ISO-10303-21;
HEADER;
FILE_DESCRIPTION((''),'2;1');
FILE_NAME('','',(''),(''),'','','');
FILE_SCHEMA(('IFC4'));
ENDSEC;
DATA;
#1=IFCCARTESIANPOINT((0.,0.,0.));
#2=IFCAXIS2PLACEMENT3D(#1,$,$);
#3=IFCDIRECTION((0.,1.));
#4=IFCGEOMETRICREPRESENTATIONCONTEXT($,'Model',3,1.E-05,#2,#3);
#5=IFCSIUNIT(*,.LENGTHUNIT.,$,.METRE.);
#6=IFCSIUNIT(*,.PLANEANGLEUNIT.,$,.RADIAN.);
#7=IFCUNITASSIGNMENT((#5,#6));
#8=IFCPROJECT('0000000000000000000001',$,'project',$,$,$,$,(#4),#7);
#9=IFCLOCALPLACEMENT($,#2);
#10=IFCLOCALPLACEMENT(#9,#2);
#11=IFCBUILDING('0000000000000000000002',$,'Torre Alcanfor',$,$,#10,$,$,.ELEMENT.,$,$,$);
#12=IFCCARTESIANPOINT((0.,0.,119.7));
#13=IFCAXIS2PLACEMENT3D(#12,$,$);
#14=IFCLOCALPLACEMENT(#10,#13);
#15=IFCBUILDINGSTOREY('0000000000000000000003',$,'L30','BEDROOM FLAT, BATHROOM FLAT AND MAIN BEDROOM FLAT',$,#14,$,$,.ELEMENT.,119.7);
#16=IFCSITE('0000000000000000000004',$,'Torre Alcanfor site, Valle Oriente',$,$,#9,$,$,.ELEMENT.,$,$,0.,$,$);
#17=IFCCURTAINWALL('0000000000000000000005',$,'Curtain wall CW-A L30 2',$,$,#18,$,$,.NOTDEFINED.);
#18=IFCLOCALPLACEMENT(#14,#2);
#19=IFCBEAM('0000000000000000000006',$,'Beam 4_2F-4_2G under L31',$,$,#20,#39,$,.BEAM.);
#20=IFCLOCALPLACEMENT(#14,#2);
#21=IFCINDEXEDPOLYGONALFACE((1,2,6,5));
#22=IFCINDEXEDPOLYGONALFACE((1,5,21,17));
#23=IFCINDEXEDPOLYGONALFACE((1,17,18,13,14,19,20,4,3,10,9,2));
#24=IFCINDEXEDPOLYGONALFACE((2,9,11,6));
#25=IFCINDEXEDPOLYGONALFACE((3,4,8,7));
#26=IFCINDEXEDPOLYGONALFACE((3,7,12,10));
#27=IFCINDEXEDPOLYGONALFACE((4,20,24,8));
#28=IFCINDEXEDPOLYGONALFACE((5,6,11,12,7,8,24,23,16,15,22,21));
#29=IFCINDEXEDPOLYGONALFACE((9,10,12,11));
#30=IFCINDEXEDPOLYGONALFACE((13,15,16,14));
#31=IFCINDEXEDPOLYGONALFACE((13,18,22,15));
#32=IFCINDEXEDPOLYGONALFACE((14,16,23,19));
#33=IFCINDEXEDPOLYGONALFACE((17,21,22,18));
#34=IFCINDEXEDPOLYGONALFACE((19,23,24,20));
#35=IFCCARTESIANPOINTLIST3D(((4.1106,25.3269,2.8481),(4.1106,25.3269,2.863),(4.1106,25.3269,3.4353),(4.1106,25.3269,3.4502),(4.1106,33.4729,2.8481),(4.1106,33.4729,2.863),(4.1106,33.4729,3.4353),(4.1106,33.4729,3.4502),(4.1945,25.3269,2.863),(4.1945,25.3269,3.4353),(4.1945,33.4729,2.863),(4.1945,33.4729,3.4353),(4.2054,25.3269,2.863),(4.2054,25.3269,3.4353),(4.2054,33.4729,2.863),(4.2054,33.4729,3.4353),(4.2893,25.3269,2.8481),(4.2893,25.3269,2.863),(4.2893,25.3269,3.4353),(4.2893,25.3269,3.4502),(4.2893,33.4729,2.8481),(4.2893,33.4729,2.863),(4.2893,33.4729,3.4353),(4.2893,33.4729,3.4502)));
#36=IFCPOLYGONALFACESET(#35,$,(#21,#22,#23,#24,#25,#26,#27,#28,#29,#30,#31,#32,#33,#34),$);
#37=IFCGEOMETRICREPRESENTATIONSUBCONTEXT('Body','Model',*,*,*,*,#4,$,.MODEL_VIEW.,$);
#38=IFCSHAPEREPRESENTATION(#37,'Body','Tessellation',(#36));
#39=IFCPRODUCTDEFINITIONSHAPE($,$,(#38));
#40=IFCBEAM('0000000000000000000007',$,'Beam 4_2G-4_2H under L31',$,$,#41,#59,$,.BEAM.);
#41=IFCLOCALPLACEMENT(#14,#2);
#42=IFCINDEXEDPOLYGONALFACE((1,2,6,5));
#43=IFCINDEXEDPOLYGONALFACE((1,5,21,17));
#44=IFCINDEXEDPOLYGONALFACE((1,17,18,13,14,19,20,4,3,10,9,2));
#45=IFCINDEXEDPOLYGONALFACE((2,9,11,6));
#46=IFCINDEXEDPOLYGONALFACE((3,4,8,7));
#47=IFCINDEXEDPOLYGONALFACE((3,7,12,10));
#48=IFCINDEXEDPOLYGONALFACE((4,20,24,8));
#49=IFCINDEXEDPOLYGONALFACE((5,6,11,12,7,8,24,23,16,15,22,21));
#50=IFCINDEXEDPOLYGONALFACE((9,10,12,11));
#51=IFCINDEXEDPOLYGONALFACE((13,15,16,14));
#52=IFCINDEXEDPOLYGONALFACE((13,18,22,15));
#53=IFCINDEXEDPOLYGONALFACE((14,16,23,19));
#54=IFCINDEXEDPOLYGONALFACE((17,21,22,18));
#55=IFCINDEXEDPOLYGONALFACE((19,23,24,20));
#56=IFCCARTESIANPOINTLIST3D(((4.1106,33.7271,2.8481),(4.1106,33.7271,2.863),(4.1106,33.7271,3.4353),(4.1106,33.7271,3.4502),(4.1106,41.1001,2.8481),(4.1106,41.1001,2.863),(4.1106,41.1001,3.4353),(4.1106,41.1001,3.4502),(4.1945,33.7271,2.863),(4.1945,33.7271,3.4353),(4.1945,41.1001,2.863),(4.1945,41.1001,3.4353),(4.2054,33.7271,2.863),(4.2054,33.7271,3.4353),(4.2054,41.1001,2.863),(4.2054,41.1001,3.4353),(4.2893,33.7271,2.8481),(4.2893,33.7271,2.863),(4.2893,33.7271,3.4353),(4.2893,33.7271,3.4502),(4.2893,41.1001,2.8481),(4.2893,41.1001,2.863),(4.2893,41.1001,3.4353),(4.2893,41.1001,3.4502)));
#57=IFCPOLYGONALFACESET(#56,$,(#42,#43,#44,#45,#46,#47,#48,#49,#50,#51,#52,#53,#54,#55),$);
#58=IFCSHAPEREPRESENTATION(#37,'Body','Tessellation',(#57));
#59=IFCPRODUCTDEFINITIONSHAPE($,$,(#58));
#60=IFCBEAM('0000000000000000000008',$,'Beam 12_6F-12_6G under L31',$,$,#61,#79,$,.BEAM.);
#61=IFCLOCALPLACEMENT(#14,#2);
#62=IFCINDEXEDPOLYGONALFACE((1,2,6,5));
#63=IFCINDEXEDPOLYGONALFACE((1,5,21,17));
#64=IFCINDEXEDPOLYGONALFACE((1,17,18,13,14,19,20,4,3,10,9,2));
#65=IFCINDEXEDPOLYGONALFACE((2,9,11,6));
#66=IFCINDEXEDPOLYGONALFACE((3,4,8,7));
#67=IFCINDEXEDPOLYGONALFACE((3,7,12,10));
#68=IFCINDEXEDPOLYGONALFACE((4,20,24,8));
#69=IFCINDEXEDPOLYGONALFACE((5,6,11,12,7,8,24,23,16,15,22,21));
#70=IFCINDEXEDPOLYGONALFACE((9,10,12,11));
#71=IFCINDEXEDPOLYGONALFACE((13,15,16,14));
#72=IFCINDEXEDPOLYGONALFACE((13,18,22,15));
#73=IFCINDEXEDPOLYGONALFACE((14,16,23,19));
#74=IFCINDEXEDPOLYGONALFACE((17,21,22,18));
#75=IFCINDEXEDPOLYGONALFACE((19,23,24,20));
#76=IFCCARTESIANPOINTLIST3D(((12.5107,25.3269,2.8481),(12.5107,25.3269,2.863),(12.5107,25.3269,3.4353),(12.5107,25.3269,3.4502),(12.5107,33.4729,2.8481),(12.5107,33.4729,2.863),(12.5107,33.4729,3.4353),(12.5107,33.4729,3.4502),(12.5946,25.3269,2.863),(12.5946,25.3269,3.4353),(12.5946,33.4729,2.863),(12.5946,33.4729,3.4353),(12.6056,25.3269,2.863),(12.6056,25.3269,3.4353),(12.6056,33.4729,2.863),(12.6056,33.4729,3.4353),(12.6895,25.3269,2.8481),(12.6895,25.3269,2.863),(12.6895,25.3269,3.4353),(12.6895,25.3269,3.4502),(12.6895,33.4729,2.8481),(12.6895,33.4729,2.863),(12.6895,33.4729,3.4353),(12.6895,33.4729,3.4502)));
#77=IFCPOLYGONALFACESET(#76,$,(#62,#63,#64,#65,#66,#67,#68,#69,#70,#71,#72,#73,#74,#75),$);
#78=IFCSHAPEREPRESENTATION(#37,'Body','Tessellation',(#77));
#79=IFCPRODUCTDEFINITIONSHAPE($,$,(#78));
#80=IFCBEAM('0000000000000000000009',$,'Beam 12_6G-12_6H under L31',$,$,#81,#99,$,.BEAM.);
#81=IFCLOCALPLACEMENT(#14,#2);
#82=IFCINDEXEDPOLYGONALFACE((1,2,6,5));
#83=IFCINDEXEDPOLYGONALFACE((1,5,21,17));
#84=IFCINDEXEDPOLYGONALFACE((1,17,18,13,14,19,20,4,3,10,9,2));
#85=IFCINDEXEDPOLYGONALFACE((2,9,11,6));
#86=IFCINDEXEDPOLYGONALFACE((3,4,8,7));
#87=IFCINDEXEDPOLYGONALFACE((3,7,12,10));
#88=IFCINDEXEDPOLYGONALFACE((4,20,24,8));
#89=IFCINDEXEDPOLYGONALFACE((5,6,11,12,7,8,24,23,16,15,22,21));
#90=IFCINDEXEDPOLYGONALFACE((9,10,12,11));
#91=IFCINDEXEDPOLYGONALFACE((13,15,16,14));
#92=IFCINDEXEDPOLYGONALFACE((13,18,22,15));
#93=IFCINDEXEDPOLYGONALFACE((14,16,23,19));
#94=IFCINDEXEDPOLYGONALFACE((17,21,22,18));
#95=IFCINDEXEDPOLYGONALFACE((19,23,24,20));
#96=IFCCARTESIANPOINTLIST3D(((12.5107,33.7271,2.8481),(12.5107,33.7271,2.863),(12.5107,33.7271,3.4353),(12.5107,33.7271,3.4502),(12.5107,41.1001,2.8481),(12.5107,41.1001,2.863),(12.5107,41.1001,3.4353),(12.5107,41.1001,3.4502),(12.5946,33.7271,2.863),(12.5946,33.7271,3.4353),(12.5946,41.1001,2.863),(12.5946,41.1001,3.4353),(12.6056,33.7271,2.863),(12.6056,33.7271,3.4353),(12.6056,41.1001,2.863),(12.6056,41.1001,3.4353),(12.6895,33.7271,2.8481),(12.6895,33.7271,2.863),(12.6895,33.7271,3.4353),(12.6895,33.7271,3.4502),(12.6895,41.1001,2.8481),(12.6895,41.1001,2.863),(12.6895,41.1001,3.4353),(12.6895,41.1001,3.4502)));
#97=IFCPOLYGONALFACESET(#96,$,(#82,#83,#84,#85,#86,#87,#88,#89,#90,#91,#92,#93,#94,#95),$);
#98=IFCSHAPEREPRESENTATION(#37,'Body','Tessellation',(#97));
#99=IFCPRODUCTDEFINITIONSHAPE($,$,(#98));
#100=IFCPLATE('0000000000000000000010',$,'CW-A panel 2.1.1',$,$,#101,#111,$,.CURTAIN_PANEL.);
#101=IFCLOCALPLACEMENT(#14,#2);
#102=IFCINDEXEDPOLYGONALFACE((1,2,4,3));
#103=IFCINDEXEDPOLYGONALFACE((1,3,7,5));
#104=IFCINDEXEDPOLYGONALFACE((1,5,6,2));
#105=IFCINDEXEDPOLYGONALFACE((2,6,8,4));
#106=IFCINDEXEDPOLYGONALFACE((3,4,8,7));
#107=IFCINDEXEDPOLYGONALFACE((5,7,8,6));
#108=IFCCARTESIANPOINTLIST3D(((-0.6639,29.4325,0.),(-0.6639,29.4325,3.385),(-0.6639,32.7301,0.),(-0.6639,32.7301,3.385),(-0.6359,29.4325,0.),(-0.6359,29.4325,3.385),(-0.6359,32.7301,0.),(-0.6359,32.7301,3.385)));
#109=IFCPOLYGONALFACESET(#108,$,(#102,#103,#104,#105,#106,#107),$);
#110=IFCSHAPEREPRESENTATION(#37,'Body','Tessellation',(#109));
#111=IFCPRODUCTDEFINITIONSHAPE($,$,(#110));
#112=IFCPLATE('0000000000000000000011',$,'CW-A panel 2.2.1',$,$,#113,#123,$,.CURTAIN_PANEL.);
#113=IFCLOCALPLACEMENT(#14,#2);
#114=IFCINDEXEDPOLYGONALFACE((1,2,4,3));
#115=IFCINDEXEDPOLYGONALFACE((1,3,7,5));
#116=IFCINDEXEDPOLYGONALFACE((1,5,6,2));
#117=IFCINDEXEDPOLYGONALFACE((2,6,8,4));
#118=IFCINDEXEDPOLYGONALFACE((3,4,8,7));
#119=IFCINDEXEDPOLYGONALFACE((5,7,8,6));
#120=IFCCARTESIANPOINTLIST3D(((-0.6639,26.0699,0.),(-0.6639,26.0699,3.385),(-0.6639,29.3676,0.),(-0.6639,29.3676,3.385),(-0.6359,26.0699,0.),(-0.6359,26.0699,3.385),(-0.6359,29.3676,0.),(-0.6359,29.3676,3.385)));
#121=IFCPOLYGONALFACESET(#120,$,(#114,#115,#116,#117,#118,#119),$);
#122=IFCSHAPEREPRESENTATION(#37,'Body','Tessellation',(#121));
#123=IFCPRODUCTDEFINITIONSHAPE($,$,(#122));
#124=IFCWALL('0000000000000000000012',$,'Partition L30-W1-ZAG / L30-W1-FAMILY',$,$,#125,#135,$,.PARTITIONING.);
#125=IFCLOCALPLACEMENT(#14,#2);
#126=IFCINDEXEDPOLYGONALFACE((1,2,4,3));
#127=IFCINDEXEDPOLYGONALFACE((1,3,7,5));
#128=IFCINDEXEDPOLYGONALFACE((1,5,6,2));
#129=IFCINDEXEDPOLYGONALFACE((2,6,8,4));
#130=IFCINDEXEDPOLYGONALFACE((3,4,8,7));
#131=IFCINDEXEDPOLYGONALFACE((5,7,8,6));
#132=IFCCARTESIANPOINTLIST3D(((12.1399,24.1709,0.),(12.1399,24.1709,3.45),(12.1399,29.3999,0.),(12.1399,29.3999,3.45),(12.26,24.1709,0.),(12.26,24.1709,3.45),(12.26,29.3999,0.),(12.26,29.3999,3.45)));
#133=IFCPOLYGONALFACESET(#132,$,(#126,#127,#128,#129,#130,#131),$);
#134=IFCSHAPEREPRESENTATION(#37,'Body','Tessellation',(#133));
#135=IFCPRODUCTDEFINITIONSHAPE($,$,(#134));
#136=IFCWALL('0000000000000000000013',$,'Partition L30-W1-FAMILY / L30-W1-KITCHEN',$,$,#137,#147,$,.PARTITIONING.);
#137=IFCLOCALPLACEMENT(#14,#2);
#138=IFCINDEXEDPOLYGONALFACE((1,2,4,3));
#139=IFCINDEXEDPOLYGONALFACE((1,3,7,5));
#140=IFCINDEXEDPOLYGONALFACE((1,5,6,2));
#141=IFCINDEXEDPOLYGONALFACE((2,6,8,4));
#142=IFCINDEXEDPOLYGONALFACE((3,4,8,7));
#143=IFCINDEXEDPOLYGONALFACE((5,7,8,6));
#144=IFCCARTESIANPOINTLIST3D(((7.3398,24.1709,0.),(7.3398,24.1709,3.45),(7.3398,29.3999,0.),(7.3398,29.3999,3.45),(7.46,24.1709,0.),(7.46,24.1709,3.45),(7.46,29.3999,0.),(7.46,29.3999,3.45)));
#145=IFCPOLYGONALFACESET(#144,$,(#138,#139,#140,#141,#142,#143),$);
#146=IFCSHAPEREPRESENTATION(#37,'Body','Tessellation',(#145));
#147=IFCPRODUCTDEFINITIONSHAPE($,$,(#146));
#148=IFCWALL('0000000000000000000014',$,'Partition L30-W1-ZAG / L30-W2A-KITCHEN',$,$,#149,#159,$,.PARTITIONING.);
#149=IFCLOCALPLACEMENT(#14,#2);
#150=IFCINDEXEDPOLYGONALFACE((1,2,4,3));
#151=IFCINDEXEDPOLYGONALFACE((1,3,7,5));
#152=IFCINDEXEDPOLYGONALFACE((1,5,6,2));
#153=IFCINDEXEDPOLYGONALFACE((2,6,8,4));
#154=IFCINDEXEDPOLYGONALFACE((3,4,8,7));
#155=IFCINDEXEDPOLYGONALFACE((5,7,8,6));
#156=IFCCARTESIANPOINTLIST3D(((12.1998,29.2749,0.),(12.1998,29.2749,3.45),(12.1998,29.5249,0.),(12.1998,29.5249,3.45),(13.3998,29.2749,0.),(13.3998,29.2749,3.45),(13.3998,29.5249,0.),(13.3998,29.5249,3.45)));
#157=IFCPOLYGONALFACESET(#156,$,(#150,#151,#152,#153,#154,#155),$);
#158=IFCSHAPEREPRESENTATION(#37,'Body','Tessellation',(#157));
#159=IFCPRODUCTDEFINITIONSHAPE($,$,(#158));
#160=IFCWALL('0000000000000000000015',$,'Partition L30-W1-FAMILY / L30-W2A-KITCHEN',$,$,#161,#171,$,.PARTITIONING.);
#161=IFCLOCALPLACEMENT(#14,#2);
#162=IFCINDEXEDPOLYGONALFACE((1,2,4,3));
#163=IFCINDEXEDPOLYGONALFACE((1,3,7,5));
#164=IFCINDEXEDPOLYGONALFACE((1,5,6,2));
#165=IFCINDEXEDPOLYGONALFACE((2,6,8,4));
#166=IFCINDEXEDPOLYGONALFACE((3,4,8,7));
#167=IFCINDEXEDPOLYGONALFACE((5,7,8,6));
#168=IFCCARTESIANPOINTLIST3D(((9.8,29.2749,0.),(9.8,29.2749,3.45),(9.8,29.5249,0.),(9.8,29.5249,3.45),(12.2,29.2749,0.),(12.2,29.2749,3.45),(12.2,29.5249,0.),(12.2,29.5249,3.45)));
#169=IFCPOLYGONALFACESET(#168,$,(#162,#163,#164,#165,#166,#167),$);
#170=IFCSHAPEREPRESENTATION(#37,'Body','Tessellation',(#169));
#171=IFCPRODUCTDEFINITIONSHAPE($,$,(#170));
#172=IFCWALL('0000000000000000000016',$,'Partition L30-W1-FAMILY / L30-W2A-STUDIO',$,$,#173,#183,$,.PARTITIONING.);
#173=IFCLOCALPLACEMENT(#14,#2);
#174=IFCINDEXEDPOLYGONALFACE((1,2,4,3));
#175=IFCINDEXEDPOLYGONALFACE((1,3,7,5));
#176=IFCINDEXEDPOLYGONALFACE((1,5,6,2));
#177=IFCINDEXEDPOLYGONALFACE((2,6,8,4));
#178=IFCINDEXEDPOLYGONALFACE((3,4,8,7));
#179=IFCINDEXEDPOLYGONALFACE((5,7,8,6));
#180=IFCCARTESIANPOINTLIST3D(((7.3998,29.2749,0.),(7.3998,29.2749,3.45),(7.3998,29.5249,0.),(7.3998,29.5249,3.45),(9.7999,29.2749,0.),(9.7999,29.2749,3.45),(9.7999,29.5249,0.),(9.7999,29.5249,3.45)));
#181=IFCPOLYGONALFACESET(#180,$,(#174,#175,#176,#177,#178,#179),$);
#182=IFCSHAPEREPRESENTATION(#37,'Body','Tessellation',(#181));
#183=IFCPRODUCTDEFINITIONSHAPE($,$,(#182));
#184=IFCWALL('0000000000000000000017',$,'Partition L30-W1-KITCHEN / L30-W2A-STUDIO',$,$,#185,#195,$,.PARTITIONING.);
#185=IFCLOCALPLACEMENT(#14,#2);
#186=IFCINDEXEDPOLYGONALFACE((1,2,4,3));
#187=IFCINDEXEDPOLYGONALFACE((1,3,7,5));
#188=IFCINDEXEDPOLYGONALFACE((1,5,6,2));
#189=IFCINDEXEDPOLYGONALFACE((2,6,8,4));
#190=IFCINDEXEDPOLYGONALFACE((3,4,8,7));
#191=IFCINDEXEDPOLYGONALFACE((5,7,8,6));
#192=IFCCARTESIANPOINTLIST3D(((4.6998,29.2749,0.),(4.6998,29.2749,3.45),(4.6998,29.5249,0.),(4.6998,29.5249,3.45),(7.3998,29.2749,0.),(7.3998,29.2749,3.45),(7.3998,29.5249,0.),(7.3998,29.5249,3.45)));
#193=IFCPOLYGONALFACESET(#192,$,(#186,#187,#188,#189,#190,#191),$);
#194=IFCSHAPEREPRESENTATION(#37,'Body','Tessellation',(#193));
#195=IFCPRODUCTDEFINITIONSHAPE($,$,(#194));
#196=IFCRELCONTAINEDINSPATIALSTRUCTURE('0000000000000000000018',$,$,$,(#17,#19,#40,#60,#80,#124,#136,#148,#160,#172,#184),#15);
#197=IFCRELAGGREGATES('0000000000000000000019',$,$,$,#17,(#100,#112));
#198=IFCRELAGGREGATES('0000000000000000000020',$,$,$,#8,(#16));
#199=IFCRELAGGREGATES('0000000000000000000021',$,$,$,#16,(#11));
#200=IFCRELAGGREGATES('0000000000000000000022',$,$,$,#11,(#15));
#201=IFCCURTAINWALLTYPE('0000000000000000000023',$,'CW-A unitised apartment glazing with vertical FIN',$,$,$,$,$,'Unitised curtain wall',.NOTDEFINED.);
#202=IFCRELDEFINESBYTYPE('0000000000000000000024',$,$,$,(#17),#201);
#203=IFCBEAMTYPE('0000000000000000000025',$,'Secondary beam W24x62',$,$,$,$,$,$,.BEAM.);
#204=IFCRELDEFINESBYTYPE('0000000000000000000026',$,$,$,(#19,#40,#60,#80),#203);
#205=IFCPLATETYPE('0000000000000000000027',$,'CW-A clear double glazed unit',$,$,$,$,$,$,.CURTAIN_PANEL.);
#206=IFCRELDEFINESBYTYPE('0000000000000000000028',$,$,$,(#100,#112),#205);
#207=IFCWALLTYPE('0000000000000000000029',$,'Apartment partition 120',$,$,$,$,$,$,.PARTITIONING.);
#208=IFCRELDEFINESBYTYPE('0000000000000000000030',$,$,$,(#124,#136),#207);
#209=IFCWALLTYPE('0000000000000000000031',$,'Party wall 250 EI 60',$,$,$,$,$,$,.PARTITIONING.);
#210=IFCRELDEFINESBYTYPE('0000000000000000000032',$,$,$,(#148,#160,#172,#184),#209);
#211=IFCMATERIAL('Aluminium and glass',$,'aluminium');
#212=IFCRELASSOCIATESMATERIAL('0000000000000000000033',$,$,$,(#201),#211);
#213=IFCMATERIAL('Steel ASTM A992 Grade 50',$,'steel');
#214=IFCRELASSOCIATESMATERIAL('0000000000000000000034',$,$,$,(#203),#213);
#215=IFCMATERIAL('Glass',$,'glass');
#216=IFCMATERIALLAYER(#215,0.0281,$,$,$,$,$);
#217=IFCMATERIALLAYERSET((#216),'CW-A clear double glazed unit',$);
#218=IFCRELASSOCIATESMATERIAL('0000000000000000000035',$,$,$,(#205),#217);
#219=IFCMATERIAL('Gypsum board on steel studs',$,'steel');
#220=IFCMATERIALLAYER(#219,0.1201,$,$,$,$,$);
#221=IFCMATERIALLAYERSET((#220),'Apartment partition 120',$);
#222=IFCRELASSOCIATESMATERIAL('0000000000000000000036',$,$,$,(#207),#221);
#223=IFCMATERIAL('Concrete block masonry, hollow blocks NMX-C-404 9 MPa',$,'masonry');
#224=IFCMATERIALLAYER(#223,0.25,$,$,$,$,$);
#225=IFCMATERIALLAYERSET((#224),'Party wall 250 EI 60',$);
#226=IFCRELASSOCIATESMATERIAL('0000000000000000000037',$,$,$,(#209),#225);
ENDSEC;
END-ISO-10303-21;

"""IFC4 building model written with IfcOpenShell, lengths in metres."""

from ifc_helpers import new_model, si_unit, direction, frame, frame_2d, origin, origin_2d, place, context, subcontext, project, spatial, rectangle, i_section, extrude, material, layer, layer_set, material_profile, profile_set, type_object, element, aggregate, save


model = new_model("IFC4")

# Units and contexts
model_context = context("Model", 3, precision=1e-05, world=origin(), true_north=direction((0.0, 1.0)))
body_context = subcontext(model_context, "Body", "Model", "MODEL_VIEW")
ifc_project = project(units=[si_unit("LENGTHUNIT", "METRE"), si_unit("PLANEANGLEUNIT", "RADIAN")], contexts=[model_context])

# Site, building, storey
site_placement = place(None, origin())
site = spatial("IfcSite", under=ifc_project, at=site_placement, Name="Torre Alcanfor site, Valle Oriente", CompositionType="ELEMENT", RefElevation=0.0)
building_placement = place(site_placement, origin())
building = spatial("IfcBuilding", under=site, at=building_placement, Name="Torre Alcanfor", CompositionType="ELEMENT")
storey_placement = place(building_placement, frame((0.0, 0.0, 119.7)))
storey = spatial("IfcBuildingStorey", under=building, at=storey_placement, Name="L30", Description="BEDROOM FLAT, BATHROOM FLAT AND MAIN BEDROOM FLAT", CompositionType="ELEMENT", Elevation=119.7)

# Curtain wall
ifc_material_1 = material(Name="Aluminium and glass", Category="aluminium")
curtain_wall_type = type_object("IfcCurtainWallType", Name="CW-A unitised apartment glazing with vertical FIN", ElementType="Unitised curtain wall", PredefinedType="NOTDEFINED", material=ifc_material_1)
curtain_wall_placement = place(storey_placement, origin())
curtain_wall = element("IfcCurtainWall", 1, at=curtain_wall_placement, inside=storey, type_object=curtain_wall_type, Name="Curtain wall CW-A L30 2", PredefinedType="NOTDEFINED")

# Beams
ifc_material_2 = material(Name="Steel ASTM A992 Grade 50", Category="steel")
ifc_material_profile_1 = material_profile(ifc_material_2, i_section(OverallWidth=0.1787, OverallDepth=0.6021, WebThickness=0.011, FlangeThickness=0.0149, at=origin_2d()), Name="W24x62")
ifc_profile_set_1 = profile_set([ifc_material_profile_1], Name="Steel ASTM A992 Grade 50")
beam_type_1 = type_object("IfcBeamType", Name="Secondary beam W24x62", PredefinedType="BEAM", material=ifc_profile_set_1)
beam_1_placement = place(storey_placement, frame((4.2, 25.3269, 3.1492), z_axis=(0.0, 1.0, 0.0), x_axis=(-1.0, 0.0, 0.0)))
element("IfcBeam", 2, at=beam_1_placement, inside=storey, type_object=beam_type_1, Name="Beam 4_2F-4_2G under L31", PredefinedType="BEAM", context=body_context, shape_type="SweptSolid", body=[
    extrude(i_section(OverallWidth=0.1787, OverallDepth=0.6021, WebThickness=0.011, FlangeThickness=0.0149, at=origin_2d()), origin(), (0.0, 0.0, 1.0), 8.146),
])
beam_2_placement = place(storey_placement, frame((4.2, 33.7271, 3.1492), z_axis=(0.0, 1.0, 0.0), x_axis=(-1.0, 0.0, 0.0)))
element("IfcBeam", 3, at=beam_2_placement, inside=storey, type_object=beam_type_1, Name="Beam 4_2G-4_2H under L31", PredefinedType="BEAM", context=body_context, shape_type="SweptSolid", body=[
    extrude(i_section(OverallWidth=0.1787, OverallDepth=0.6021, WebThickness=0.011, FlangeThickness=0.0149, at=origin_2d()), origin(), (0.0, 0.0, 1.0), 7.373),
])
beam_3_placement = place(storey_placement, frame((12.6001, 25.3269, 3.1492), z_axis=(0.0, 1.0, 0.0), x_axis=(-1.0, 0.0, 0.0)))
element("IfcBeam", 4, at=beam_3_placement, inside=storey, type_object=beam_type_1, Name="Beam 12_6F-12_6G under L31", PredefinedType="BEAM", context=body_context, shape_type="SweptSolid", body=[
    extrude(i_section(OverallWidth=0.1787, OverallDepth=0.6021, WebThickness=0.011, FlangeThickness=0.0149, at=origin_2d()), origin(), (0.0, 0.0, 1.0), 8.146),
])
beam_4_placement = place(storey_placement, frame((12.6001, 33.7271, 3.1492), z_axis=(0.0, 1.0, 0.0), x_axis=(-1.0, 0.0, 0.0)))
element("IfcBeam", 5, at=beam_4_placement, inside=storey, type_object=beam_type_1, Name="Beam 12_6G-12_6H under L31", PredefinedType="BEAM", context=body_context, shape_type="SweptSolid", body=[
    extrude(i_section(OverallWidth=0.1787, OverallDepth=0.6021, WebThickness=0.011, FlangeThickness=0.0149, at=origin_2d()), origin(), (0.0, 0.0, 1.0), 7.373),
])

# Plates
ifc_material_3 = material(Name="Glass", Category="glass")
ifc_layer_1 = layer(ifc_material_3, 0.0281)
ifc_layer_set_1 = layer_set([ifc_layer_1], Name="CW-A clear double glazed unit")
plate_type = type_object("IfcPlateType", Name="CW-A clear double glazed unit", PredefinedType="CURTAIN_PANEL", material=ifc_layer_set_1)
plate_1_placement = place(storey_placement, frame((-0.6499, 31.0813, 0.0), z_axis=(0.0, 0.0, 1.0), x_axis=(0.0, -1.0, 0.0)))
plate_1 = element("IfcPlate", 6, at=plate_1_placement, type_object=plate_type, Name="CW-A panel 2.1.1", PredefinedType="CURTAIN_PANEL", context=body_context, shape_type="SweptSolid", body=[
    extrude(rectangle(XDim=3.2976, YDim=0.0281, at=origin_2d()), origin(), (0.0, 0.0, 1.0), 3.385),
])
plate_2_placement = place(storey_placement, frame((-0.6499, 27.7188, 0.0), z_axis=(0.0, 0.0, 1.0), x_axis=(0.0, -1.0, 0.0)))
plate_2 = element("IfcPlate", 7, at=plate_2_placement, type_object=plate_type, Name="CW-A panel 2.2.1", PredefinedType="CURTAIN_PANEL", context=body_context, shape_type="SweptSolid", body=[
    extrude(rectangle(XDim=3.2976, YDim=0.0281, at=origin_2d()), origin(), (0.0, 0.0, 1.0), 3.385),
])
aggregate(curtain_wall, [plate_1, plate_2])

# Walls
ifc_material_4 = material(Name="Gypsum board on steel studs", Category="steel")
ifc_layer_2 = layer(ifc_material_4, 0.1201)
ifc_layer_set_2 = layer_set([ifc_layer_2], Name="Apartment partition 120")
wall_type_1 = type_object("IfcWallType", Name="Apartment partition 120", PredefinedType="PARTITIONING", material=ifc_layer_set_2)
for number, where, z_axis, x_axis, name in (
    (8, (12.2, 29.3999, 0.0), (0.0, 0.0, 1.0), (0.0, -1.0, 0.0), "Partition L30-W1-ZAG / L30-W1-FAMILY"),
    (9, (7.3999, 29.3999, 0.0), (0.0, 0.0, 1.0), (0.0, -1.0, 0.0), "Partition L30-W1-FAMILY / L30-W1-KITCHEN"),
):
    element("IfcWall", number, at=place(storey_placement, frame(where, z_axis=z_axis, x_axis=x_axis)), inside=storey, type_object=wall_type_1, Name=name, PredefinedType="PARTITIONING", context=body_context, shape_type="SweptSolid", body=[
        extrude(rectangle(XDim=5.229, YDim=0.1201, at=frame_2d((2.6145, 0.0))), origin(), (0.0, 0.0, 1.0), 3.45),
    ])
ifc_material_5 = material(Name="Concrete block masonry, hollow blocks NMX-C-404 9 MPa", Category="masonry")
ifc_layer_3 = layer(ifc_material_5, 0.25)
ifc_layer_set_3 = layer_set([ifc_layer_3], Name="Party wall 250 EI 60")
wall_type_2 = type_object("IfcWallType", Name="Party wall 250 EI 60", PredefinedType="PARTITIONING", material=ifc_layer_set_3)
wall_1_placement = place(storey_placement, frame((13.3999, 29.3999, 0.0), z_axis=(0.0, 0.0, 1.0), x_axis=(-1.0, 0.0, 0.0)))
element("IfcWall", 10, at=wall_1_placement, inside=storey, type_object=wall_type_2, Name="Partition L30-W1-ZAG / L30-W2A-KITCHEN", PredefinedType="PARTITIONING", context=body_context, shape_type="SweptSolid", body=[
    extrude(rectangle(XDim=1.2, YDim=0.25, at=frame_2d((0.6001, 0.0))), origin(), (0.0, 0.0, 1.0), 3.45),
])
wall_2_placement = place(storey_placement, frame((12.2, 29.3999, 0.0), z_axis=(0.0, 0.0, 1.0), x_axis=(-1.0, 0.0, 0.0)))
element("IfcWall", 11, at=wall_2_placement, inside=storey, type_object=wall_type_2, Name="Partition L30-W1-FAMILY / L30-W2A-KITCHEN", PredefinedType="PARTITIONING", context=body_context, shape_type="SweptSolid", body=[
    extrude(rectangle(XDim=2.3999, YDim=0.25, at=frame_2d((1.2, 0.0))), origin(), (0.0, 0.0, 1.0), 3.45),
])
wall_3_placement = place(storey_placement, frame((9.8, 29.3999, 0.0), z_axis=(0.0, 0.0, 1.0), x_axis=(-1.0, 0.0, 0.0)))
element("IfcWall", 12, at=wall_3_placement, inside=storey, type_object=wall_type_2, Name="Partition L30-W1-FAMILY / L30-W2A-STUDIO", PredefinedType="PARTITIONING", context=body_context, shape_type="SweptSolid", body=[
    extrude(rectangle(XDim=2.4001, YDim=0.25, at=frame_2d((1.2002, 0.0))), origin(), (0.0, 0.0, 1.0), 3.45),
])
wall_4_placement = place(storey_placement, frame((7.3999, 29.3999, 0.0), z_axis=(0.0, 0.0, 1.0), x_axis=(-1.0, 0.0, 0.0)))
element("IfcWall", 13, at=wall_4_placement, inside=storey, type_object=wall_type_2, Name="Partition L30-W1-KITCHEN / L30-W2A-STUDIO", PredefinedType="PARTITIONING", context=body_context, shape_type="SweptSolid", body=[
    extrude(rectangle(XDim=2.7, YDim=0.25, at=frame_2d((1.3501, 0.0))), origin(), (0.0, 0.0, 1.0), 3.45),
])

save(model, "model.ifc")
